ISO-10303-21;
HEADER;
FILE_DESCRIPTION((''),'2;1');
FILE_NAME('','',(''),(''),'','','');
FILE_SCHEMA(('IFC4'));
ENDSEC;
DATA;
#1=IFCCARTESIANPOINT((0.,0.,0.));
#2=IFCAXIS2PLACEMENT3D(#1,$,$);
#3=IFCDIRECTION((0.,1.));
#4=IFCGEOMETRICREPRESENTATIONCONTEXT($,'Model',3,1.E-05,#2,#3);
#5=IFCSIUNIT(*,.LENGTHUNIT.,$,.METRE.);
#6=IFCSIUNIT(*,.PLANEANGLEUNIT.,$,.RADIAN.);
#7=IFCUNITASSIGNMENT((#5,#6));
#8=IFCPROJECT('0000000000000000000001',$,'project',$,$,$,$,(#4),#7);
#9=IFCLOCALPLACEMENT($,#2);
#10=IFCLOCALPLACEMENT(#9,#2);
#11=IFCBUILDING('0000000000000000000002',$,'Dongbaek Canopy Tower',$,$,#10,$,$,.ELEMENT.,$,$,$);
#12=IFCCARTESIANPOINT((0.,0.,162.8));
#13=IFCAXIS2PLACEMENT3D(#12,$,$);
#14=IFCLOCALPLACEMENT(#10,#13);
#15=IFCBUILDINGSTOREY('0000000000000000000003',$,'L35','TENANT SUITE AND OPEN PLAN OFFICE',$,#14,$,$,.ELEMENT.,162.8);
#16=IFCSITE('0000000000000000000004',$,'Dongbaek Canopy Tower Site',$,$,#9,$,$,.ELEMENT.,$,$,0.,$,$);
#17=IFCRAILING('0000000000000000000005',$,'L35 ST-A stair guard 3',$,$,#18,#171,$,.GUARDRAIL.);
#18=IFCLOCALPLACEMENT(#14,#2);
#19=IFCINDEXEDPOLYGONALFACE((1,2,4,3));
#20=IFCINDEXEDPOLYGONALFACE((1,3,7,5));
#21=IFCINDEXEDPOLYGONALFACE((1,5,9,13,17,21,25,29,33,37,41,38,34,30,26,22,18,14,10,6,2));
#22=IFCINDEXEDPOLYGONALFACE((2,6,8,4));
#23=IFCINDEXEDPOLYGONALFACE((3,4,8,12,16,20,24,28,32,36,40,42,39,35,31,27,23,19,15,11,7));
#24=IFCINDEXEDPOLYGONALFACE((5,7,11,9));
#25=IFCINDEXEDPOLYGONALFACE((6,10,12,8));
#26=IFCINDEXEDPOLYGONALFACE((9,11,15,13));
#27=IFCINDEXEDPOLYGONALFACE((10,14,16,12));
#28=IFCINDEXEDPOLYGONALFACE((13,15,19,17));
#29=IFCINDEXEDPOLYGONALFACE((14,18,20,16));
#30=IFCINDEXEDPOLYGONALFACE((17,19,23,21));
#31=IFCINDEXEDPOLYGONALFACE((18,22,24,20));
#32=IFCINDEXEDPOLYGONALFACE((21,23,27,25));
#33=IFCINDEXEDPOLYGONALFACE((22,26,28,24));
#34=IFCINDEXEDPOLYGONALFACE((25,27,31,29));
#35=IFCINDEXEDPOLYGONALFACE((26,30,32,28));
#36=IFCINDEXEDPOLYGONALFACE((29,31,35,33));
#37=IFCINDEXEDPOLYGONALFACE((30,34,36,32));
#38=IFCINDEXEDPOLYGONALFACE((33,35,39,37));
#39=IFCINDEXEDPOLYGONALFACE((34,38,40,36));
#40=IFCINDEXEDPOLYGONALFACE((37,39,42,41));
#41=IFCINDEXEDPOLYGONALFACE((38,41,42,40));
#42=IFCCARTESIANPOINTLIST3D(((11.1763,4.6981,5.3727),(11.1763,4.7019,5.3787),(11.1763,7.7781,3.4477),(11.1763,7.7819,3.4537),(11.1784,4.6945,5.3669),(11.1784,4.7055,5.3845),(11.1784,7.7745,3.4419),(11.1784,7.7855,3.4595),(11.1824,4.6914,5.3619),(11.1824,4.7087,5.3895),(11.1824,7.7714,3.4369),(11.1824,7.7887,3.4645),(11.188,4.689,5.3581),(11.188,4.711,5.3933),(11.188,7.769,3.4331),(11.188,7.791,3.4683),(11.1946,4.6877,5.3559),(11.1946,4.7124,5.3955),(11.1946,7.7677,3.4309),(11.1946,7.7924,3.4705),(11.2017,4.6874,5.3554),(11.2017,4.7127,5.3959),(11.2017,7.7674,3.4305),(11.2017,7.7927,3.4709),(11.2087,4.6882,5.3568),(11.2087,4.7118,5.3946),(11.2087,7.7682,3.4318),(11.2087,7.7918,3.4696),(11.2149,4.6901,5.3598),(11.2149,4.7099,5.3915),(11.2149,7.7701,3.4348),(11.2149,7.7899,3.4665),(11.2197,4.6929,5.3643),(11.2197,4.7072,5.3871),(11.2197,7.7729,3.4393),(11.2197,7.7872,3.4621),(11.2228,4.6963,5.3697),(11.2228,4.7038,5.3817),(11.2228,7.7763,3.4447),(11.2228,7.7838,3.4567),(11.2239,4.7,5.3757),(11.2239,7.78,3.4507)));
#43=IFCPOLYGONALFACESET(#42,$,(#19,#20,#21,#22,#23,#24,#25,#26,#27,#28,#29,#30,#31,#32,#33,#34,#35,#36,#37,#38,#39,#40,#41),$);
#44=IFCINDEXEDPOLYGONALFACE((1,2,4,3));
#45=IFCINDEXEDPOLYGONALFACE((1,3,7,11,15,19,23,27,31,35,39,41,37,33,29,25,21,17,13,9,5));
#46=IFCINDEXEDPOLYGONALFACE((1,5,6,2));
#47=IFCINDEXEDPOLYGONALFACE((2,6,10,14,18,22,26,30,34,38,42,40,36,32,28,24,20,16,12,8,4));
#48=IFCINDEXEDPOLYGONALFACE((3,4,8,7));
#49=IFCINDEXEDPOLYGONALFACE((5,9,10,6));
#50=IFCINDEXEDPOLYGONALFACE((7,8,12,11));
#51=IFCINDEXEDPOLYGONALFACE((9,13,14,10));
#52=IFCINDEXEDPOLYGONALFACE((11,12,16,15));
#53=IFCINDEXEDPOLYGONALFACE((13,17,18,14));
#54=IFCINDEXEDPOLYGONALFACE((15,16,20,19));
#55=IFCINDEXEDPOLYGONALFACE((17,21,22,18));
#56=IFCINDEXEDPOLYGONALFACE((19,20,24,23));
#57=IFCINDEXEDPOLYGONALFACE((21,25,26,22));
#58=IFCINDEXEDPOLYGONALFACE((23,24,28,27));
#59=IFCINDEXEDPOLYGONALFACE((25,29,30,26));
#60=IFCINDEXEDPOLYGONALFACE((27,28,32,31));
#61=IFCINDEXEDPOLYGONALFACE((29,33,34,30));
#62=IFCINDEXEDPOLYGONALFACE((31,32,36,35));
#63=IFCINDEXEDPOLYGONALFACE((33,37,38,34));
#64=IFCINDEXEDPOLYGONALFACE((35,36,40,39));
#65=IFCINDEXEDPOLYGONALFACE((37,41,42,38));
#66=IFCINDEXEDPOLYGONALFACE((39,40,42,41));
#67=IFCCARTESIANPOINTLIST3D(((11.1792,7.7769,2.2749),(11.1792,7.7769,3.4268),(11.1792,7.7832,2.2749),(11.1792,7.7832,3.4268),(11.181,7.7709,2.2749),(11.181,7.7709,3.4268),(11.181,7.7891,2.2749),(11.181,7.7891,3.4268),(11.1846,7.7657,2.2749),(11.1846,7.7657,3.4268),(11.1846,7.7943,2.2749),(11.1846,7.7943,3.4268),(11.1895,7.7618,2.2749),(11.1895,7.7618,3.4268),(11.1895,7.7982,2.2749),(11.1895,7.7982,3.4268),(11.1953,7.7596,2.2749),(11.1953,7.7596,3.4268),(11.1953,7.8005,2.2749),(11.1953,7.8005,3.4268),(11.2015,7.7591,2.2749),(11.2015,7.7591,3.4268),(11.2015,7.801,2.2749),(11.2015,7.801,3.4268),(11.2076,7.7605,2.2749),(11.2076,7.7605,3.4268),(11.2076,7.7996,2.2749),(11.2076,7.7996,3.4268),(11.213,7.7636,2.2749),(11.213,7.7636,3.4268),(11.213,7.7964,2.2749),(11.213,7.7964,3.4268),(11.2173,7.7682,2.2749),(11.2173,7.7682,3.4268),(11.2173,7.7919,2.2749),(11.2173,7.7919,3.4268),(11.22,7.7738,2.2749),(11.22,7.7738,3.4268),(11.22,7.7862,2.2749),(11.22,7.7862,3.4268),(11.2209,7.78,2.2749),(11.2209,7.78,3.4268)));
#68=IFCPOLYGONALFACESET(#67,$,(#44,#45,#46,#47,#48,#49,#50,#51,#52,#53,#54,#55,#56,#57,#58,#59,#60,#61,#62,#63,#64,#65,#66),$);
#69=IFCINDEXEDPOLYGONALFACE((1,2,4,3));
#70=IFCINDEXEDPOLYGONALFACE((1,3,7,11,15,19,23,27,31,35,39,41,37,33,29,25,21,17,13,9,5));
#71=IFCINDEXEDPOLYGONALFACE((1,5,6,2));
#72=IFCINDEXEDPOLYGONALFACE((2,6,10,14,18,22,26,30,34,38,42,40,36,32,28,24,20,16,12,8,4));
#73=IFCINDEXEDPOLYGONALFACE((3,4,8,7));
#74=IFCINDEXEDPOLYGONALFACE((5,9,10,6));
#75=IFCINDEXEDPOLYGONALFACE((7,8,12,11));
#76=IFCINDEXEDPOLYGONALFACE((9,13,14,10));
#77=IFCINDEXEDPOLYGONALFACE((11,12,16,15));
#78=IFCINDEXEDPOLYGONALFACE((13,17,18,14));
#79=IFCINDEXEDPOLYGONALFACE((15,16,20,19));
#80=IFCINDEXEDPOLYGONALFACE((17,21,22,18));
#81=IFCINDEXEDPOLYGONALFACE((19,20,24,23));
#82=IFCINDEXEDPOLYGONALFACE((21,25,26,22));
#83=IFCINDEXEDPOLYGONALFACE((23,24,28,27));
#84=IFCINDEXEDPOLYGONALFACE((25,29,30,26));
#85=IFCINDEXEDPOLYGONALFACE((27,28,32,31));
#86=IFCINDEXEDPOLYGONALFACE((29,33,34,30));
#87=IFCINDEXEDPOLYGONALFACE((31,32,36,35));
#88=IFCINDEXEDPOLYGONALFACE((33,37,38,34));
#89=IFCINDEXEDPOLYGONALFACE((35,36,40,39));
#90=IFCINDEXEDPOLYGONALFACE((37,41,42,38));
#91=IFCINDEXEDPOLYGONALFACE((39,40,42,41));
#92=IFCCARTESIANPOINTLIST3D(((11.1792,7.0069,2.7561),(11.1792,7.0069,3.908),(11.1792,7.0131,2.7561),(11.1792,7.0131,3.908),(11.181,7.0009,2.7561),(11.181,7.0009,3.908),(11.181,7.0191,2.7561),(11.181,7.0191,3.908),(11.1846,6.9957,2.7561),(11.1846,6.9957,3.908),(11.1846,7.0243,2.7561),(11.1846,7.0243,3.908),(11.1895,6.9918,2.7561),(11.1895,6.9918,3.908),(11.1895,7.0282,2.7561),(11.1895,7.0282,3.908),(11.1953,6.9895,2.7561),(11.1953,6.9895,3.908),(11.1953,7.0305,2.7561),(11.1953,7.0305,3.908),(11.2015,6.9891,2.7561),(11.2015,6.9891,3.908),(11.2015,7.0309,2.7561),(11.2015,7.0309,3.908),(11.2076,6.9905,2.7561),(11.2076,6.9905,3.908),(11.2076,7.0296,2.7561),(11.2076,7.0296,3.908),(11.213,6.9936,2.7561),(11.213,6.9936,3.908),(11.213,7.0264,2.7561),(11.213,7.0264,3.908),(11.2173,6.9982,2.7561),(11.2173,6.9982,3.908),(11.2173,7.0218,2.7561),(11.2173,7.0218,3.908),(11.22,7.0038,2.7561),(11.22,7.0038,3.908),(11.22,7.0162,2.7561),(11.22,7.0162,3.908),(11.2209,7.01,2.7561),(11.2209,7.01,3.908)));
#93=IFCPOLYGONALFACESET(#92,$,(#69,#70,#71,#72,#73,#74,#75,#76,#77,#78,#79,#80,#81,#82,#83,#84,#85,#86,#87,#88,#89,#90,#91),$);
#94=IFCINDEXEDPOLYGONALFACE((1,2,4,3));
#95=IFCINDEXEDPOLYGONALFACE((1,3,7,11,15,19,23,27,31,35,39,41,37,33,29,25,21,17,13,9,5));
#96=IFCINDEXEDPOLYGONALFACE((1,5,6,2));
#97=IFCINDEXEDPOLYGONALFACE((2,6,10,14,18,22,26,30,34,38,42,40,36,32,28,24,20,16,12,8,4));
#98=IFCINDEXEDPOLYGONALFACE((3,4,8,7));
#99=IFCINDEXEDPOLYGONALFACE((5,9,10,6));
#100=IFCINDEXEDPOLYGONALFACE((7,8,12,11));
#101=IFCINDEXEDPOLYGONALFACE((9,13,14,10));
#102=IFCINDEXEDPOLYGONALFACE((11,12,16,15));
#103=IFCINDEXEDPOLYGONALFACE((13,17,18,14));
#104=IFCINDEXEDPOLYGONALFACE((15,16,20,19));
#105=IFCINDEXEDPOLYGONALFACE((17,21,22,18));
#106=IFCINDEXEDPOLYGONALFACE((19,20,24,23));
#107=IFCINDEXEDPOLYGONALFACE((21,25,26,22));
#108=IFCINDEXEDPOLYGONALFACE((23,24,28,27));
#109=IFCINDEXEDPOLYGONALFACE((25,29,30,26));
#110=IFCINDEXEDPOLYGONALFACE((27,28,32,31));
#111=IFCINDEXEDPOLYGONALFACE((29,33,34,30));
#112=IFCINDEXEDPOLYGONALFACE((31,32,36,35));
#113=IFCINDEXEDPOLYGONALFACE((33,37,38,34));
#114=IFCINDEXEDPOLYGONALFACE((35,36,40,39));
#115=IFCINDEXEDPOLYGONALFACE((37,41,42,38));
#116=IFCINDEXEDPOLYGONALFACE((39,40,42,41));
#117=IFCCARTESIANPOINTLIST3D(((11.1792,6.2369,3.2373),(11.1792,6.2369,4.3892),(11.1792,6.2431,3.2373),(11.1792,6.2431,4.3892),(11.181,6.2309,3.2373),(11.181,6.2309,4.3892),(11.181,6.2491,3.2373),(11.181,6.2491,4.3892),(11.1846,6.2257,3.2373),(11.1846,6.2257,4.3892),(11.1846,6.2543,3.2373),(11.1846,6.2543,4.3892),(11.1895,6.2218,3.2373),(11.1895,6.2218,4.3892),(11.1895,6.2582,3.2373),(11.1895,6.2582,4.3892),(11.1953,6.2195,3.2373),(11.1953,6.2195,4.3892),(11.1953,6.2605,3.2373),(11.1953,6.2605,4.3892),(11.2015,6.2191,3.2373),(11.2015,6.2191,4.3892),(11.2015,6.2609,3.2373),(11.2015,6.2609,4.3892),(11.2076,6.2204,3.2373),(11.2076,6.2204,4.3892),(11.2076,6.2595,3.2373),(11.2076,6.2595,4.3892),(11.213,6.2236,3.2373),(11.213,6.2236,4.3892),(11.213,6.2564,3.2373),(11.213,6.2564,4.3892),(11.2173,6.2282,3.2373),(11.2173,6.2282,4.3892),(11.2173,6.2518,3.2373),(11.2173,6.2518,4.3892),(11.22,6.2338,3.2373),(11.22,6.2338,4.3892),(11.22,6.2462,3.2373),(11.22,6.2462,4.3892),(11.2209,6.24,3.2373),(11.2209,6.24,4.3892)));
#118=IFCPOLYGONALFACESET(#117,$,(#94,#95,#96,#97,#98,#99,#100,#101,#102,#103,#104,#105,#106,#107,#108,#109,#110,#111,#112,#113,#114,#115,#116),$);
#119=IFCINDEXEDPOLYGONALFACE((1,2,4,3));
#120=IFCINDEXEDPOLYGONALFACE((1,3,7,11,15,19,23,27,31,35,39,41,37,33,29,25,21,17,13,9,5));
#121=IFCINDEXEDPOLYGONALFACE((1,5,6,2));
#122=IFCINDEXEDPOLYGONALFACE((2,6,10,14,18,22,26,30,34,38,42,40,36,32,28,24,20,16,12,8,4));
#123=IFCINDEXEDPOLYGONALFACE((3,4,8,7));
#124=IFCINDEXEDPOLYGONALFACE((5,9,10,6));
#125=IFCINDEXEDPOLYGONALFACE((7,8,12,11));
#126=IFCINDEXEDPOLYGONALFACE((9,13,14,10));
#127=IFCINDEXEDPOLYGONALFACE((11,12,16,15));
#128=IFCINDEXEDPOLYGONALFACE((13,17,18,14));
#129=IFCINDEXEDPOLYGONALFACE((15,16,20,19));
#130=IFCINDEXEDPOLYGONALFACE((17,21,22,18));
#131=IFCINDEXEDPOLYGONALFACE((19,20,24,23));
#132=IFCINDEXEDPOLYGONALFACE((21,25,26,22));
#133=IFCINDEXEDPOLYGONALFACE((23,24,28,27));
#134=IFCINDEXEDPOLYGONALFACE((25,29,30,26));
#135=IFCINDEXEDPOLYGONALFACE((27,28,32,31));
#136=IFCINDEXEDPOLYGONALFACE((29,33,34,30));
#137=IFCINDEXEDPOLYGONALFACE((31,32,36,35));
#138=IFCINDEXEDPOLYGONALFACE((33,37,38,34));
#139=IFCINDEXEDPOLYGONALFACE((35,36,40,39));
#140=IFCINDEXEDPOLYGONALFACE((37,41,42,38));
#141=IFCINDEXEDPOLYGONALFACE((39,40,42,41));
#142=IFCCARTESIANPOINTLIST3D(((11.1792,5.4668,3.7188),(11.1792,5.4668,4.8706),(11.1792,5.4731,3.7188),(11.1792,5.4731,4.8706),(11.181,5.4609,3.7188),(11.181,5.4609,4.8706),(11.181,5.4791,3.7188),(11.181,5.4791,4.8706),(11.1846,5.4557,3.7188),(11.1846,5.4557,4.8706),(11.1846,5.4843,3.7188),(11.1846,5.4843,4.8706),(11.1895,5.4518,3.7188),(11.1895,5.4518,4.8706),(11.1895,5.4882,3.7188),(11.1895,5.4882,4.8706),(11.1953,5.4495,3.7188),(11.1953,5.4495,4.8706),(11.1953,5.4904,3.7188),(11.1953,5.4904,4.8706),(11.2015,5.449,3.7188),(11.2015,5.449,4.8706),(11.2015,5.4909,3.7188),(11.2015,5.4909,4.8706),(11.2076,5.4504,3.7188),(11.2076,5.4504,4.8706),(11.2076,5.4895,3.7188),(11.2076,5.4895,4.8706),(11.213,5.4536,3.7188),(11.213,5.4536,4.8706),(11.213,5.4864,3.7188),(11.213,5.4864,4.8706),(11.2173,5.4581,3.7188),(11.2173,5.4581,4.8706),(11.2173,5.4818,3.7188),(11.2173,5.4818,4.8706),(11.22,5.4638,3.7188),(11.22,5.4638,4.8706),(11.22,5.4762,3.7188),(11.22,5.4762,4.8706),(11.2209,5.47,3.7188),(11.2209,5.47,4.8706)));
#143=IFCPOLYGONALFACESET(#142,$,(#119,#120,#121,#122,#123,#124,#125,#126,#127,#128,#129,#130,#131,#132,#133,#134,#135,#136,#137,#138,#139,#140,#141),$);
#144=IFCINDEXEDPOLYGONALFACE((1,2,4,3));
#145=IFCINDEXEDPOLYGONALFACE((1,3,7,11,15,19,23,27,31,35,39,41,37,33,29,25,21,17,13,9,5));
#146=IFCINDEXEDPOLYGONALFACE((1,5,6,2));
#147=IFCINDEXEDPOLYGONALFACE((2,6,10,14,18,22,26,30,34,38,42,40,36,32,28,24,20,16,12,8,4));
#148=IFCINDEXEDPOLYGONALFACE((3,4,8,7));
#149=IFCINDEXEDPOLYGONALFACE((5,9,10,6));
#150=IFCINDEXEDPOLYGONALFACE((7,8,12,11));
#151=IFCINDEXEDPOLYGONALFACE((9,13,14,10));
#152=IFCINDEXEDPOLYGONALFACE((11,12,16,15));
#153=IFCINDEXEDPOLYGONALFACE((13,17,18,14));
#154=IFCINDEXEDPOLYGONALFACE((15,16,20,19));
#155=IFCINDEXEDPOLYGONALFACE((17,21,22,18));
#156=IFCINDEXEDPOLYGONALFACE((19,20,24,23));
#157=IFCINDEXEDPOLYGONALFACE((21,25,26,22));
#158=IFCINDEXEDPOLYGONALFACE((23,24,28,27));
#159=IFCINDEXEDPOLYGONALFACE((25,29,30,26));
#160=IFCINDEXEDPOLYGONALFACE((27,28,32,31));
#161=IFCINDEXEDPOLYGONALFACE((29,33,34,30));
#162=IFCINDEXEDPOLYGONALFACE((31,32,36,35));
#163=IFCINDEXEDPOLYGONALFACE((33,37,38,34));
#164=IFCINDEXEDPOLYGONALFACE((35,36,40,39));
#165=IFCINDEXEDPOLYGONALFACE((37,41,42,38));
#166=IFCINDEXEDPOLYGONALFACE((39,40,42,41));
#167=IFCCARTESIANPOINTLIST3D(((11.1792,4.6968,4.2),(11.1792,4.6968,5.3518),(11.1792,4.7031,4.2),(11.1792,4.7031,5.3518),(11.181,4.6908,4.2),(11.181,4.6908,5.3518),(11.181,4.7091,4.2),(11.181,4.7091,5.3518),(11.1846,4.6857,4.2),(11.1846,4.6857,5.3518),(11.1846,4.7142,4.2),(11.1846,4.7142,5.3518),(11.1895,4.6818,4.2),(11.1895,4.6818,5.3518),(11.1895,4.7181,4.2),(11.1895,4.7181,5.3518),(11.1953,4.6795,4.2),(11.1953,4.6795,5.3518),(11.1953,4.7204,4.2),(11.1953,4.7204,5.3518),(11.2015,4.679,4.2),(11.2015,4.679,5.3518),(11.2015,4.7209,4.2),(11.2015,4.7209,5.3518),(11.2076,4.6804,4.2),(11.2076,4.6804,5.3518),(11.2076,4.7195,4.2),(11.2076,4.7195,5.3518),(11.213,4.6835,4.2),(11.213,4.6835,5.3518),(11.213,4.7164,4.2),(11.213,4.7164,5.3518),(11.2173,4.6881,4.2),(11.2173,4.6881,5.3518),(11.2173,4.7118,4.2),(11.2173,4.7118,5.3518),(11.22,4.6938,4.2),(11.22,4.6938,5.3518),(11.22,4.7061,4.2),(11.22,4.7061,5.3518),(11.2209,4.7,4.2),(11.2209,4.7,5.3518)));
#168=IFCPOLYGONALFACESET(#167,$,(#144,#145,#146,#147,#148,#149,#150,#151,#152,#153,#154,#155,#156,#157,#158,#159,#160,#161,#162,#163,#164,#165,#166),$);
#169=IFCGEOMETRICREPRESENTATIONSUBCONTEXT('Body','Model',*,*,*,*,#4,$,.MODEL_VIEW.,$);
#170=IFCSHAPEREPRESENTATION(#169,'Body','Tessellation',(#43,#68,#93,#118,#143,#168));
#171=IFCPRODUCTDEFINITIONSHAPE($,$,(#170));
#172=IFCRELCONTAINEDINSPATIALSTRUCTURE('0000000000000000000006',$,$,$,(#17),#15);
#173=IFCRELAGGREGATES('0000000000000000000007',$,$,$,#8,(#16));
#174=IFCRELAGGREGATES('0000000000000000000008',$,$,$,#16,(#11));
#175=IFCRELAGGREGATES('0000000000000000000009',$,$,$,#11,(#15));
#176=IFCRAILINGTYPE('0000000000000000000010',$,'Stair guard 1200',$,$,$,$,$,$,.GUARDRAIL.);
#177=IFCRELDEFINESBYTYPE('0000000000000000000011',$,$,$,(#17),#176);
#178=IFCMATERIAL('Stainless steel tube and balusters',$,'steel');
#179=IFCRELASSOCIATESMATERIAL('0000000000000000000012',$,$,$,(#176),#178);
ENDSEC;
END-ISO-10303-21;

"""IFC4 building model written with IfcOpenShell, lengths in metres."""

from ifc_helpers import new_model, si_unit, direction, frame, origin, origin_2d, place, context, subcontext, project, spatial, circle, extrude, material, type_object, element, save


model = new_model("IFC4")

# Units and contexts
model_context = context("Model", 3, precision=1e-05, world=origin(), true_north=direction((0.0, 1.0)))
body_context = subcontext(model_context, "Body", "Model", "MODEL_VIEW")
ifc_project = project(units=[si_unit("LENGTHUNIT", "METRE"), si_unit("PLANEANGLEUNIT", "RADIAN")], contexts=[model_context])

# Site, building, storey
site_placement = place(None, origin())
site = spatial("IfcSite", under=ifc_project, at=site_placement, Name="Dongbaek Canopy Tower Site", CompositionType="ELEMENT", RefElevation=0.0)
building_placement = place(site_placement, origin())
building = spatial("IfcBuilding", under=site, at=building_placement, Name="Dongbaek Canopy Tower", CompositionType="ELEMENT")
storey_placement = place(building_placement, frame((0.0, 0.0, 162.8)))
storey = spatial("IfcBuildingStorey", under=building, at=storey_placement, Name="L35", Description="TENANT SUITE AND OPEN PLAN OFFICE", CompositionType="ELEMENT", Elevation=162.8)

# Railing
ifc_material_1 = material(Name="Stainless steel tube and balusters", Category="steel")
railing_type = type_object("IfcRailingType", Name="Stair guard 1200", PredefinedType="GUARDRAIL", material=ifc_material_1)
railing_1_placement = place(storey_placement, frame((11.2, 7.78, 2.2749)))
element("IfcRailing", 1, at=railing_1_placement, inside=storey, type_object=railing_type, Name="L35 ST-A stair guard 3", PredefinedType="GUARDRAIL", context=body_context, shape_type="SweptSolid", body=[
    extrude(circle(Radius=0.0239, at=origin_2d()), frame((0.0, 0.0, 1.1758), z_axis=(0.0, -0.847998, 0.529999), x_axis=(1.0, 0.0, 0.0)), (0.0, 0.0, 1.0), 3.6321),
    extrude(circle(Radius=0.021, at=origin_2d()), origin(), (0.0, 0.0, 1.0), 1.1519),
    extrude(circle(Radius=0.021, at=origin_2d()), frame((0.0, -0.77, 0.4812)), (0.0, 0.0, 1.0), 1.1519),
    extrude(circle(Radius=0.021, at=origin_2d()), frame((0.0, -1.54, 0.9624)), (0.0, 0.0, 1.0), 1.1519),
    extrude(circle(Radius=0.021, at=origin_2d()), frame((0.0, -2.3101, 1.4438)), (0.0, 0.0, 1.0), 1.1519),
    extrude(circle(Radius=0.021, at=origin_2d()), frame((0.0, -3.0801, 1.925)), (0.0, 0.0, 1.0), 1.1519),
])

save(model, "model.ifc")
